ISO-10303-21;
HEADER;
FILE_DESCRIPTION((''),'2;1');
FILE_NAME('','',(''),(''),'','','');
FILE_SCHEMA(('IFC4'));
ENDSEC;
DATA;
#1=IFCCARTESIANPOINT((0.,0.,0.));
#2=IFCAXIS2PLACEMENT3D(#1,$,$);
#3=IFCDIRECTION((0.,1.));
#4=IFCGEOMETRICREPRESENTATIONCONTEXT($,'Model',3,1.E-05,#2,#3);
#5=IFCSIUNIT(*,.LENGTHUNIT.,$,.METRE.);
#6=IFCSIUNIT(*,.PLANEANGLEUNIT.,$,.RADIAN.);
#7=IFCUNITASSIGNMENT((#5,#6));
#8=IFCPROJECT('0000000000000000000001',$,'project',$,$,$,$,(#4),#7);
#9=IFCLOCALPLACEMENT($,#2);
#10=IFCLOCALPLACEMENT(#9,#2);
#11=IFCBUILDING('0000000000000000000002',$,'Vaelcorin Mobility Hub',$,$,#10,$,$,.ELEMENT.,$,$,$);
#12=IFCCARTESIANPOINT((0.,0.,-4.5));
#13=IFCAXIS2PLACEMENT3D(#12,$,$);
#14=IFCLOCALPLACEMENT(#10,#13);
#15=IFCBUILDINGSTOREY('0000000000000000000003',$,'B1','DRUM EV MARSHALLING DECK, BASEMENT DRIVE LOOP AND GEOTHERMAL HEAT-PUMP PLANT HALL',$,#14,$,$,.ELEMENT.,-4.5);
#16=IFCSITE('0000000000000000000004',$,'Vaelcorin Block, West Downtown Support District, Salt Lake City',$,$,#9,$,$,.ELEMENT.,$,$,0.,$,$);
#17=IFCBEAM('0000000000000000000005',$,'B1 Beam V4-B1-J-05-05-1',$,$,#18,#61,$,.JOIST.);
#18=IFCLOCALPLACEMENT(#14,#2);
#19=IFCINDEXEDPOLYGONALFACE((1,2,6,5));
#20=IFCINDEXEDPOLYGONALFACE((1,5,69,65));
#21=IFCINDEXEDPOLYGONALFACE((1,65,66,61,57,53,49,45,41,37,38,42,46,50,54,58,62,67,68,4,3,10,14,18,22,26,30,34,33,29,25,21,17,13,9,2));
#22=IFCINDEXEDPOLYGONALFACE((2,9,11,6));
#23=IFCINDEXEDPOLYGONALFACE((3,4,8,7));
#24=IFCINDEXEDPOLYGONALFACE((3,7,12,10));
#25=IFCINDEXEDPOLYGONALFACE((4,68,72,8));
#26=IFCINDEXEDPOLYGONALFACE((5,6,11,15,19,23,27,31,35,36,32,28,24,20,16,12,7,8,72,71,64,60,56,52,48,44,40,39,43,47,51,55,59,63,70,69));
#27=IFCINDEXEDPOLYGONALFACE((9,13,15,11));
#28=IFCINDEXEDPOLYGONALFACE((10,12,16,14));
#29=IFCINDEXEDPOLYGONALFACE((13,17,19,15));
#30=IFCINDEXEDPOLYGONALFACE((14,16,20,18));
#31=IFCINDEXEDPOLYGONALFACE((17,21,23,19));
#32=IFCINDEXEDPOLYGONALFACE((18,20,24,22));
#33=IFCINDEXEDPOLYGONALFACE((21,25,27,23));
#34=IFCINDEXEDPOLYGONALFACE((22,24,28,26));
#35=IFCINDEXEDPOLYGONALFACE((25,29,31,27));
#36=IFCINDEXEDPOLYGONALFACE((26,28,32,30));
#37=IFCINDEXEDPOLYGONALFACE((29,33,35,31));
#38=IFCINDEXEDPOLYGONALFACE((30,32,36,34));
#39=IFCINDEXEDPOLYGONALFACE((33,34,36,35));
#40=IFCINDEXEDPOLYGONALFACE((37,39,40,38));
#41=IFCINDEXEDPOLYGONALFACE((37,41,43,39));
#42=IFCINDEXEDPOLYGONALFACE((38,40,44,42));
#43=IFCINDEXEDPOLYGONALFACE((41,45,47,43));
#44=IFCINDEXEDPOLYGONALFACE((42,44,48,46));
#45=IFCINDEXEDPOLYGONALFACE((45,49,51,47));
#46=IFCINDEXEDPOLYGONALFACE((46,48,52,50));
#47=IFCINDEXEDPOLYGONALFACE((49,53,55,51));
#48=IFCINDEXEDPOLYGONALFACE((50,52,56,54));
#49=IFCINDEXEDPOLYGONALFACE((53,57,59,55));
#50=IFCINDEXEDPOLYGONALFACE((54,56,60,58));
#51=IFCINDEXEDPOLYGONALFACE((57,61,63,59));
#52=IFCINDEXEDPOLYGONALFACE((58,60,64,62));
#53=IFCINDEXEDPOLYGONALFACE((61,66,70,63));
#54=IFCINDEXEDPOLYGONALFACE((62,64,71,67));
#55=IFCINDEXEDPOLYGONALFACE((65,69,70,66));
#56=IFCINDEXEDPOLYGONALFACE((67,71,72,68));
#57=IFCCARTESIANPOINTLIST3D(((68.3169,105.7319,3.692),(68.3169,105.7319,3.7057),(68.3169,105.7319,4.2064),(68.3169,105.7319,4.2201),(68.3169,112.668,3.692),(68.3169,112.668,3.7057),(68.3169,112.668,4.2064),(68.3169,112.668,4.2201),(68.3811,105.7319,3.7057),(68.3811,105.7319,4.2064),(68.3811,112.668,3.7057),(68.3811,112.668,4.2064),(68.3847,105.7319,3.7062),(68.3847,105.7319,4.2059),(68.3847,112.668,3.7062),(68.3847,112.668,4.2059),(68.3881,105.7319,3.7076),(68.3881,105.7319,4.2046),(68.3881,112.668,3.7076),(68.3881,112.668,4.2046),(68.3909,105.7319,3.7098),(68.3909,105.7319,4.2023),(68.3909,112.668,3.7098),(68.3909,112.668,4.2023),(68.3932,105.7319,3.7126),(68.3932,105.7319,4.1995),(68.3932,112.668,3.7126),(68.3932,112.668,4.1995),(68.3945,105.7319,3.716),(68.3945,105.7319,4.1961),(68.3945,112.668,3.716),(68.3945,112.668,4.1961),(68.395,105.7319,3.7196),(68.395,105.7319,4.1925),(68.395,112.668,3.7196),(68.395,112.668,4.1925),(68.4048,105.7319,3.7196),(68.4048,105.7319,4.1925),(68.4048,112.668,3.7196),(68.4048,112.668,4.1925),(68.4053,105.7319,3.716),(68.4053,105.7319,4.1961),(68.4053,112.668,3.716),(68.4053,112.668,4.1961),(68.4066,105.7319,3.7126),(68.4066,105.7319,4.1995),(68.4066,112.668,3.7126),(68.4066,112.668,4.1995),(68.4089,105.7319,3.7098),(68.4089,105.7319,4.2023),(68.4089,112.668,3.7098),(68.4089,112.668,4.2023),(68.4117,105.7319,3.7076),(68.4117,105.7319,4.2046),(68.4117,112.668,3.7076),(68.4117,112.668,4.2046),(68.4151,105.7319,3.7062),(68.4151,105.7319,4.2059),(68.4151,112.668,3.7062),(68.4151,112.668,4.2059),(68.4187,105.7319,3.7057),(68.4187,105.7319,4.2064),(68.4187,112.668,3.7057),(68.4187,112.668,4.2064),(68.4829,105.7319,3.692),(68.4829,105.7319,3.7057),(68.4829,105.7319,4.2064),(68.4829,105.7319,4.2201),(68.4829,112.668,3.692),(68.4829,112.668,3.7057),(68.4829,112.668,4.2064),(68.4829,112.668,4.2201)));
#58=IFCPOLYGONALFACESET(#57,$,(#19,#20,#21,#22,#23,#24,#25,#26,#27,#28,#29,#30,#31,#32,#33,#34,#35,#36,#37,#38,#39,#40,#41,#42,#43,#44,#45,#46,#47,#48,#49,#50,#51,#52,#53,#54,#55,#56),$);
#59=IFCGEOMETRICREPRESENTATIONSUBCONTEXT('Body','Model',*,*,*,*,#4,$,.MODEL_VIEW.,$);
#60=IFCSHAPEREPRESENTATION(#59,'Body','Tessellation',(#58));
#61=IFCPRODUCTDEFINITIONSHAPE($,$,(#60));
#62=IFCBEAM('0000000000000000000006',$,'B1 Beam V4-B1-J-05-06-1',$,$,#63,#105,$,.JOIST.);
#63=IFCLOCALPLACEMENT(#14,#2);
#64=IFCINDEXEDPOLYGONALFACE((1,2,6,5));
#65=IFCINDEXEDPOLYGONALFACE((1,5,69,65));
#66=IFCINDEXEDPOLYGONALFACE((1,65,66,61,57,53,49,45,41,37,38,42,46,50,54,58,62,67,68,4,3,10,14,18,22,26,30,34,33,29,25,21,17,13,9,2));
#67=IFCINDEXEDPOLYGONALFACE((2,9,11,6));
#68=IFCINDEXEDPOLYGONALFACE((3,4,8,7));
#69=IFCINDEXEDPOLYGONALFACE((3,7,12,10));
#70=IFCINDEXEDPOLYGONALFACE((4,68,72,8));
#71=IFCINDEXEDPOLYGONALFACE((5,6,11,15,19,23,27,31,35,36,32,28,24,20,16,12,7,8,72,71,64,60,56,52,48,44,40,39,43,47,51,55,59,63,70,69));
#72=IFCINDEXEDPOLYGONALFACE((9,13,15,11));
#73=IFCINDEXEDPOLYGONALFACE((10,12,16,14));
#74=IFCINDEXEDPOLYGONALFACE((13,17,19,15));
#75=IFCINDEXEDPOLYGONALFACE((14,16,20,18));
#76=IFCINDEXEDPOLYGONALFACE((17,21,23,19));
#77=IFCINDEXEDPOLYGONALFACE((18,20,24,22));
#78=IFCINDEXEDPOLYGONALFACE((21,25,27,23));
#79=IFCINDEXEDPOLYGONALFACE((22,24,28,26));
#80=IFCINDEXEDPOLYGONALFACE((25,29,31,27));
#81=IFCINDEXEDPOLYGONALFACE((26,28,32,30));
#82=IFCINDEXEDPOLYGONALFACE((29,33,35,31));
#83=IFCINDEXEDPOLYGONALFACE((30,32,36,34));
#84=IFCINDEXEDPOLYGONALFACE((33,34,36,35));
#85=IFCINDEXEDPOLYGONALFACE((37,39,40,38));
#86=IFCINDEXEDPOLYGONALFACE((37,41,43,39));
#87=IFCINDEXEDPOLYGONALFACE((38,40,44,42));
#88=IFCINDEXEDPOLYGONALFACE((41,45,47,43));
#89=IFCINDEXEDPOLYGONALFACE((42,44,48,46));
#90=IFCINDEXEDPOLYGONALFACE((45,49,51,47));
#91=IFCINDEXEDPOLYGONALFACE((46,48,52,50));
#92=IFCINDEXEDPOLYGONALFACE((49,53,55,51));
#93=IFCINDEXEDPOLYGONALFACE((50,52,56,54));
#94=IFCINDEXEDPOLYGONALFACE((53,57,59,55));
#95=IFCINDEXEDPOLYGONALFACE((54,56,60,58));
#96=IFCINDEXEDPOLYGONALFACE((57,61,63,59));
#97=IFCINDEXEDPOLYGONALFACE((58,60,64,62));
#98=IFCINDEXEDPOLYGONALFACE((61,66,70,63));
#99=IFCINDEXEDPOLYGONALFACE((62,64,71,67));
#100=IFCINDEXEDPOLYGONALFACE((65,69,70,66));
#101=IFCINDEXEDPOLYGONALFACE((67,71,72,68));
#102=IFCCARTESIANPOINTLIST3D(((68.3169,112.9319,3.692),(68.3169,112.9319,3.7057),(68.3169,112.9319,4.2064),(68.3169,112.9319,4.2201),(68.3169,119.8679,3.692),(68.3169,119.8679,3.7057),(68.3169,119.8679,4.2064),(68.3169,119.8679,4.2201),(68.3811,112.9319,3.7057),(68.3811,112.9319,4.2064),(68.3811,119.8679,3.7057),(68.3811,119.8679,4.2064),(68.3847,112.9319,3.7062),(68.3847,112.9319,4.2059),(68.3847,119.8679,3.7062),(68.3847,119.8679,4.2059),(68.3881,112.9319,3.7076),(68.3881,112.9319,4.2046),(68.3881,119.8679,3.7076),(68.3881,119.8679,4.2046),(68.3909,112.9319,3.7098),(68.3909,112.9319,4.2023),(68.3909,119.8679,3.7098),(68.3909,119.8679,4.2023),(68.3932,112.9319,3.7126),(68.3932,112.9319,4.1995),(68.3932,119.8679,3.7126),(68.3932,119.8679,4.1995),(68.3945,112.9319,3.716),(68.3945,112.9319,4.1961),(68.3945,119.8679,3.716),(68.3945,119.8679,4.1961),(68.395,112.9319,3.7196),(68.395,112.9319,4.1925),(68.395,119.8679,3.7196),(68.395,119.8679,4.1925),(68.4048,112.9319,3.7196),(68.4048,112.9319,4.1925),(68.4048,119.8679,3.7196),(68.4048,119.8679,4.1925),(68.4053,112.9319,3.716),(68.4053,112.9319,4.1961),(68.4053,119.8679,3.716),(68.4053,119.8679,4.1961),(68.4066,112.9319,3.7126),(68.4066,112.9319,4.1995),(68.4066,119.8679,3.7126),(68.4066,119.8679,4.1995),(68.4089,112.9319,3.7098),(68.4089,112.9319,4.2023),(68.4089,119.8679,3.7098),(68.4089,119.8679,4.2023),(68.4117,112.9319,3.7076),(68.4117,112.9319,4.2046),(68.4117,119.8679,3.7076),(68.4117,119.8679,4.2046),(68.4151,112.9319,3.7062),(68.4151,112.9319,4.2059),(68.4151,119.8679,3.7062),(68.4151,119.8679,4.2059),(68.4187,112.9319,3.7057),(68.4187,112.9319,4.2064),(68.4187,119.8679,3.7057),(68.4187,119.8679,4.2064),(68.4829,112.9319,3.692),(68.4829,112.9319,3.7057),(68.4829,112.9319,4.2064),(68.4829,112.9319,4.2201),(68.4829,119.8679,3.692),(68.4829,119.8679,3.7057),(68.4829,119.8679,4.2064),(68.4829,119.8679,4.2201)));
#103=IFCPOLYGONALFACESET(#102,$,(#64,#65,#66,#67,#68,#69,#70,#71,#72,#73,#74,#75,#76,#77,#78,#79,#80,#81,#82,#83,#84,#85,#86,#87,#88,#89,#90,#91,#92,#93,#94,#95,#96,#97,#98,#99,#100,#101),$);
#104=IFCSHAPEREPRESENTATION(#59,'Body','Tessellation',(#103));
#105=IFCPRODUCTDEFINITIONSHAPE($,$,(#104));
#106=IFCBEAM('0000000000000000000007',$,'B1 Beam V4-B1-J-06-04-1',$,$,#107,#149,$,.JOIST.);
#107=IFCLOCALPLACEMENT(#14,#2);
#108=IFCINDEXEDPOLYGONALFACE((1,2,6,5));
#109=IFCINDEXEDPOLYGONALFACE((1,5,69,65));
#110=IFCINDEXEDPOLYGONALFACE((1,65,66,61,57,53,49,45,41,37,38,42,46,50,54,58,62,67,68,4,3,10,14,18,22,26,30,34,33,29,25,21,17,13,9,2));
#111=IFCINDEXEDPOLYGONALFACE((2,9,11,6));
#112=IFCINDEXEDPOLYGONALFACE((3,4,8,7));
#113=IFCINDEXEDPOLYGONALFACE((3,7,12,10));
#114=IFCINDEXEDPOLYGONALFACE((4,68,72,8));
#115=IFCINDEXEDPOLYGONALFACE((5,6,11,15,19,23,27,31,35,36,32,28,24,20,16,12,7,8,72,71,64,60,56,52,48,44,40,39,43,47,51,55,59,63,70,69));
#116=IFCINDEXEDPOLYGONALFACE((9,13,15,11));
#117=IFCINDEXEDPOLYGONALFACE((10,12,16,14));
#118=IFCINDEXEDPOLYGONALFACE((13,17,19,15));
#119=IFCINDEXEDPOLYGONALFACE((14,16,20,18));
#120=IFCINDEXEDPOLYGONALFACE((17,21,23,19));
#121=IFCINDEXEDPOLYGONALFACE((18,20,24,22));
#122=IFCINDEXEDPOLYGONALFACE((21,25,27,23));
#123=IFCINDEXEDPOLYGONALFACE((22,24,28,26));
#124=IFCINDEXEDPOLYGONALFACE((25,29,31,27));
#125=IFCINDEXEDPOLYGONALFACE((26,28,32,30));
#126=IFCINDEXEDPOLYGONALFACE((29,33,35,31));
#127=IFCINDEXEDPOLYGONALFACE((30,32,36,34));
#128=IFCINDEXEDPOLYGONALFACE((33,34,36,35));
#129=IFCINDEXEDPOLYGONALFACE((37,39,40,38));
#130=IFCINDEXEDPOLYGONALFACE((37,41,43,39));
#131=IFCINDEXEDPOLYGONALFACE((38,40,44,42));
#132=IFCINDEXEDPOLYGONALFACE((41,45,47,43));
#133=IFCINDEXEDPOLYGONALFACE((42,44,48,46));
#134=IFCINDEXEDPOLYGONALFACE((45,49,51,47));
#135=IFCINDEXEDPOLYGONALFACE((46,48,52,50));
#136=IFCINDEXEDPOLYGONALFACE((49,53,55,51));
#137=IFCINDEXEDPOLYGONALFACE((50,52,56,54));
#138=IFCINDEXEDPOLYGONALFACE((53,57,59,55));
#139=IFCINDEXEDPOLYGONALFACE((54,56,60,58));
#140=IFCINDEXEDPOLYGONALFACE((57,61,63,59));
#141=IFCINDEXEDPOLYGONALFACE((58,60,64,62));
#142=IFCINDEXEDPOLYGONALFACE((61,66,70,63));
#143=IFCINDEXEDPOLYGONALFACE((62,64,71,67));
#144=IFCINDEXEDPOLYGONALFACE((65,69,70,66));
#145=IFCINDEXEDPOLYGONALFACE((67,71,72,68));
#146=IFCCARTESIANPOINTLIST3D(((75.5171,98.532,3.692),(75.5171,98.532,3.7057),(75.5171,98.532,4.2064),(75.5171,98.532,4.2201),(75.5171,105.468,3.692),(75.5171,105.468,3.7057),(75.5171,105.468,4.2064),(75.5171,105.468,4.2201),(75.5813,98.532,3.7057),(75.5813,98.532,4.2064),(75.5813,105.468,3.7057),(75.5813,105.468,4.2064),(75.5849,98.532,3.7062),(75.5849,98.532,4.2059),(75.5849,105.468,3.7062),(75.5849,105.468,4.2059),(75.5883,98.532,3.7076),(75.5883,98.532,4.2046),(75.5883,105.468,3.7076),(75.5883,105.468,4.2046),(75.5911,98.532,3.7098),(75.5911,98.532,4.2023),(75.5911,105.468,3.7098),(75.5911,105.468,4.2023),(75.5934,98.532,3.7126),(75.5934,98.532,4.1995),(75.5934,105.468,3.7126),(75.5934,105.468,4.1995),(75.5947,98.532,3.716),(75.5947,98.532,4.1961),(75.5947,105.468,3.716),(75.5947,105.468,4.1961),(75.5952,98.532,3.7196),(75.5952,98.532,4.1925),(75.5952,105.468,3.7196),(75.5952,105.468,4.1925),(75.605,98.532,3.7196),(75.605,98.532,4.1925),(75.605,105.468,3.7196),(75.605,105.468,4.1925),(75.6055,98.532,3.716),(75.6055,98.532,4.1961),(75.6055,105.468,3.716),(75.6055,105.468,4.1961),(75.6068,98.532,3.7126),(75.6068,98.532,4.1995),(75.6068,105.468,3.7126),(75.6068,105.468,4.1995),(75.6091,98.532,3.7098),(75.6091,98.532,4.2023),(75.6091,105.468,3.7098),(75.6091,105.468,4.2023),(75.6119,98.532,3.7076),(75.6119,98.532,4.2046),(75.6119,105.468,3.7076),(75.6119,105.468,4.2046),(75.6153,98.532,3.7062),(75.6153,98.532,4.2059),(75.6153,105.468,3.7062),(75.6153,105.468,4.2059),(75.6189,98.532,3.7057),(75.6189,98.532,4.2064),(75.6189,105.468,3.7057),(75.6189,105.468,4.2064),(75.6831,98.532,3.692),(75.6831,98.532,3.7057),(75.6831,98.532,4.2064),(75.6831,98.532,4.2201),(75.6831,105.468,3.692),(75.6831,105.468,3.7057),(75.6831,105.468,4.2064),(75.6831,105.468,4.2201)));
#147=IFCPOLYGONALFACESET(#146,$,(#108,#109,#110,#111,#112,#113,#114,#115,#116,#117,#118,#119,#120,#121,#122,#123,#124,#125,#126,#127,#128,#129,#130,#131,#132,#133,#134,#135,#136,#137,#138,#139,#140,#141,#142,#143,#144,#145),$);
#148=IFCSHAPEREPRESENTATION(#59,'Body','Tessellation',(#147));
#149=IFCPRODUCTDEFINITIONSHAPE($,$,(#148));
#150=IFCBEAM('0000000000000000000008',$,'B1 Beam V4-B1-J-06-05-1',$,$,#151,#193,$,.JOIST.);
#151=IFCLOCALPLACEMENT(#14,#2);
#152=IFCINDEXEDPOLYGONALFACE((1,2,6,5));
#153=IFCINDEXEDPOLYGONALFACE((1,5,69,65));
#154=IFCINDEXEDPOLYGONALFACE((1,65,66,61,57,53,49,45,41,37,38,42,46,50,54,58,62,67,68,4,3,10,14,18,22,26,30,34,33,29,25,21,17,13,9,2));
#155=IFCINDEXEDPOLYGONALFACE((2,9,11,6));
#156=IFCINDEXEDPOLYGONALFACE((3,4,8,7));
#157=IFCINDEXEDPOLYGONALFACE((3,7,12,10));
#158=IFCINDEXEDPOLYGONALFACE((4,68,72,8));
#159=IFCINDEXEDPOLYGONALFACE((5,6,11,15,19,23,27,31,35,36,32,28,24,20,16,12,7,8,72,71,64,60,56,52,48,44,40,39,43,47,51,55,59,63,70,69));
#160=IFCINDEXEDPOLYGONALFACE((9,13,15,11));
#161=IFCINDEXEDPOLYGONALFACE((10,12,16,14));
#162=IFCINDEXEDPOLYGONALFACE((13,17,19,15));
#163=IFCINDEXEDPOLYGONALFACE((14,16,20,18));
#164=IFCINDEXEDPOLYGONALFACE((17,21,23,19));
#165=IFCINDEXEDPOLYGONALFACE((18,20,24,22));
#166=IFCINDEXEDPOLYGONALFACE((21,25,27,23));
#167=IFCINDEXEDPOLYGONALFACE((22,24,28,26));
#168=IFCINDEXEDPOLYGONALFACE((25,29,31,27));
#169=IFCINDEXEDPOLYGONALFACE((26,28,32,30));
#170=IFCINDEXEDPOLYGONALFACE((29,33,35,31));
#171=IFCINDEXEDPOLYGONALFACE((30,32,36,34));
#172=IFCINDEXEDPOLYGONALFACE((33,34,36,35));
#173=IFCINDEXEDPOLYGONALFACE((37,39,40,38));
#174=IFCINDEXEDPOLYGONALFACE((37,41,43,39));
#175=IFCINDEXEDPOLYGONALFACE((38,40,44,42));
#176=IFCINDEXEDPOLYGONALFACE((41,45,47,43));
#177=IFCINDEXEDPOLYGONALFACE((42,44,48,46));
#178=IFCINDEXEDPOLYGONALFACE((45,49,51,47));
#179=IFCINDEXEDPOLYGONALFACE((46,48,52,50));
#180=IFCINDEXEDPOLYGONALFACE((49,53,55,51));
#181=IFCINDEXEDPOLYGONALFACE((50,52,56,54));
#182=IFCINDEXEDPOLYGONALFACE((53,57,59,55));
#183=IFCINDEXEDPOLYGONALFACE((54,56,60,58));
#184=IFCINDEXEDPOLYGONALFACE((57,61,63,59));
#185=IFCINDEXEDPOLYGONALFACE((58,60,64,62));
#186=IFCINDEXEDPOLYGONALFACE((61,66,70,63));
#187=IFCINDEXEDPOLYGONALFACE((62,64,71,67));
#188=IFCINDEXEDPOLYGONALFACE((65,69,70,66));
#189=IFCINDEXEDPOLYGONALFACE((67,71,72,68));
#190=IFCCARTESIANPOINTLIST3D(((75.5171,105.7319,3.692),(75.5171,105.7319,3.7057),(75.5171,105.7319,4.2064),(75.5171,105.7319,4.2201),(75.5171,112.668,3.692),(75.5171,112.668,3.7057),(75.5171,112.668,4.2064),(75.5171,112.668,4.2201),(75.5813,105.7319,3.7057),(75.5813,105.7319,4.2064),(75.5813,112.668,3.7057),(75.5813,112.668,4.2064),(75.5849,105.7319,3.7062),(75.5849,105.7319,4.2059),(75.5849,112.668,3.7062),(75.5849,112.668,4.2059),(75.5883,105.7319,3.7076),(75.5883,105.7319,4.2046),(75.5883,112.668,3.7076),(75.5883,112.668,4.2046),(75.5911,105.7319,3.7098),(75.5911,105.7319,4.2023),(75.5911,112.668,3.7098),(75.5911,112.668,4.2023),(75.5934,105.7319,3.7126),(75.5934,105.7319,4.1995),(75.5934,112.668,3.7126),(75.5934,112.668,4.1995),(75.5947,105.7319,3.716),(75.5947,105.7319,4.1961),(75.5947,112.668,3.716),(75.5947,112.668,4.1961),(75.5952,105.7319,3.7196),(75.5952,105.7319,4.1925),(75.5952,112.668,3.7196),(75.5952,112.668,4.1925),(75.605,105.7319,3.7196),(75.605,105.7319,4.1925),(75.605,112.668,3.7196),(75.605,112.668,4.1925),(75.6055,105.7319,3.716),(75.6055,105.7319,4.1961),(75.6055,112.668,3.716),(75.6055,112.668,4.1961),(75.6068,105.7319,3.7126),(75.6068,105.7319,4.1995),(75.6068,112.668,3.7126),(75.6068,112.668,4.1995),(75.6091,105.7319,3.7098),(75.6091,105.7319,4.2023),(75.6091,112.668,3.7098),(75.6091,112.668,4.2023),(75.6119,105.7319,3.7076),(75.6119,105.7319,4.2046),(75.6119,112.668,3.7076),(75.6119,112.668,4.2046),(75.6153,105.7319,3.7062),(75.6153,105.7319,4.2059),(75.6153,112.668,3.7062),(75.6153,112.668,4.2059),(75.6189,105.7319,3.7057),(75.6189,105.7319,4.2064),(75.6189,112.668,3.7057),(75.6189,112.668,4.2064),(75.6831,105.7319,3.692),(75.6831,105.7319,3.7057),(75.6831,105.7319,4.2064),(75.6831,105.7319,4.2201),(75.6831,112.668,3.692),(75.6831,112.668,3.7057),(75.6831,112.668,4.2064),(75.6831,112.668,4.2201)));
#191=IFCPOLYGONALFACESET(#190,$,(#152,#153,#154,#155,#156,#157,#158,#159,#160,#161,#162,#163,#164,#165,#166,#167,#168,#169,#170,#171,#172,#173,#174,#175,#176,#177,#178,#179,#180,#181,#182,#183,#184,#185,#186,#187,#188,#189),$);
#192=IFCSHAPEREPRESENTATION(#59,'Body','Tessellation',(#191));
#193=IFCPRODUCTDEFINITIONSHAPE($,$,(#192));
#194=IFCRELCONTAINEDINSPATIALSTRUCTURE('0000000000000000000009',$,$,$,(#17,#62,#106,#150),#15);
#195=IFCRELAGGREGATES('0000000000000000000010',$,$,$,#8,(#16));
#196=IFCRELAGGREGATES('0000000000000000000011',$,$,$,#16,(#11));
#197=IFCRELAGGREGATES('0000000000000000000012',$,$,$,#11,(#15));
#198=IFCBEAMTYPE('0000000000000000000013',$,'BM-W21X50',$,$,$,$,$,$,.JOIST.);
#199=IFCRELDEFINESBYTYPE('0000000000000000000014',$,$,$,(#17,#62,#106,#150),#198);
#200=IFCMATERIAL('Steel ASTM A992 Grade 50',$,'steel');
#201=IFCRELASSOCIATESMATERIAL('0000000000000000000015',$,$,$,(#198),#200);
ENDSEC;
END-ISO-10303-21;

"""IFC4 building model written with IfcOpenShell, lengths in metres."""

from ifc_helpers import new_model, si_unit, direction, frame, origin, origin_2d, place, context, subcontext, project, spatial, i_section, extrude, material, material_profile, profile_set, type_object, element, save


model = new_model("IFC4")

# Units and contexts
model_context = context("Model", 3, precision=1e-05, world=origin(), true_north=direction((0.0, 1.0)))
body_context = subcontext(model_context, "Body", "Model", "MODEL_VIEW")
ifc_project = project(units=[si_unit("LENGTHUNIT", "METRE"), si_unit("PLANEANGLEUNIT", "RADIAN")], contexts=[model_context])

# Site, building, storey
site_placement = place(None, origin())
site = spatial("IfcSite", under=ifc_project, at=site_placement, Name="Vaelcorin Block, West Downtown Support District, Salt Lake City", CompositionType="ELEMENT", RefElevation=0.0)
building_placement = place(site_placement, origin())
building = spatial("IfcBuilding", under=site, at=building_placement, Name="Vaelcorin Mobility Hub", CompositionType="ELEMENT")
storey_placement = place(building_placement, frame((0.0, 0.0, -4.5)))
storey = spatial("IfcBuildingStorey", under=building, at=storey_placement, Name="B1", Description="DRUM EV MARSHALLING DECK, BASEMENT DRIVE LOOP AND GEOTHERMAL HEAT-PUMP PLANT HALL", CompositionType="ELEMENT", Elevation=-4.5)

# Shared definitions
ifc_material_1 = material(Name="Steel ASTM A992 Grade 50", Category="steel")

# Beams
ifc_material_profile_1 = material_profile(ifc_material_1, i_section(OverallWidth=0.166, OverallDepth=0.5281, WebThickness=0.0098, FlangeThickness=0.0137, FilletRadius=0.0139, at=origin_2d()), Name="W21X50")
ifc_profile_set_1 = profile_set([ifc_material_profile_1], Name="Steel ASTM A992 Grade 50")
beam_type_1 = type_object("IfcBeamType", Name="BM-W21X50", PredefinedType="JOIST", material=ifc_profile_set_1)
for number, where, z_axis, x_axis, name in (
    (1, (68.3999, 105.7319, 3.9561), (0.0, 1.0, 0.0), (-1.0, 0.0, 0.0), "B1 Beam V4-B1-J-05-05-1"),
    (2, (68.3999, 112.9319, 3.9561), (0.0, 1.0, 0.0), (-1.0, 0.0, 0.0), "B1 Beam V4-B1-J-05-06-1"),
    (3, (75.6001, 98.532, 3.9561), (0.0, 1.0, 0.0), (-1.0, 0.0, 0.0), "B1 Beam V4-B1-J-06-04-1"),
    (4, (75.6001, 105.7319, 3.9561), (0.0, 1.0, 0.0), (-1.0, 0.0, 0.0), "B1 Beam V4-B1-J-06-05-1"),
):
    element("IfcBeam", number, at=place(storey_placement, frame(where, z_axis=z_axis, x_axis=x_axis)), inside=storey, type_object=beam_type_1, Name=name, PredefinedType="JOIST", context=body_context, shape_type="SweptSolid", body=[
        extrude(i_section(OverallWidth=0.166, OverallDepth=0.5281, WebThickness=0.0098, FlangeThickness=0.0137, FilletRadius=0.0139, at=origin_2d()), origin(), (0.0, 0.0, 1.0), 6.936),
    ])

save(model, "model.ifc")
